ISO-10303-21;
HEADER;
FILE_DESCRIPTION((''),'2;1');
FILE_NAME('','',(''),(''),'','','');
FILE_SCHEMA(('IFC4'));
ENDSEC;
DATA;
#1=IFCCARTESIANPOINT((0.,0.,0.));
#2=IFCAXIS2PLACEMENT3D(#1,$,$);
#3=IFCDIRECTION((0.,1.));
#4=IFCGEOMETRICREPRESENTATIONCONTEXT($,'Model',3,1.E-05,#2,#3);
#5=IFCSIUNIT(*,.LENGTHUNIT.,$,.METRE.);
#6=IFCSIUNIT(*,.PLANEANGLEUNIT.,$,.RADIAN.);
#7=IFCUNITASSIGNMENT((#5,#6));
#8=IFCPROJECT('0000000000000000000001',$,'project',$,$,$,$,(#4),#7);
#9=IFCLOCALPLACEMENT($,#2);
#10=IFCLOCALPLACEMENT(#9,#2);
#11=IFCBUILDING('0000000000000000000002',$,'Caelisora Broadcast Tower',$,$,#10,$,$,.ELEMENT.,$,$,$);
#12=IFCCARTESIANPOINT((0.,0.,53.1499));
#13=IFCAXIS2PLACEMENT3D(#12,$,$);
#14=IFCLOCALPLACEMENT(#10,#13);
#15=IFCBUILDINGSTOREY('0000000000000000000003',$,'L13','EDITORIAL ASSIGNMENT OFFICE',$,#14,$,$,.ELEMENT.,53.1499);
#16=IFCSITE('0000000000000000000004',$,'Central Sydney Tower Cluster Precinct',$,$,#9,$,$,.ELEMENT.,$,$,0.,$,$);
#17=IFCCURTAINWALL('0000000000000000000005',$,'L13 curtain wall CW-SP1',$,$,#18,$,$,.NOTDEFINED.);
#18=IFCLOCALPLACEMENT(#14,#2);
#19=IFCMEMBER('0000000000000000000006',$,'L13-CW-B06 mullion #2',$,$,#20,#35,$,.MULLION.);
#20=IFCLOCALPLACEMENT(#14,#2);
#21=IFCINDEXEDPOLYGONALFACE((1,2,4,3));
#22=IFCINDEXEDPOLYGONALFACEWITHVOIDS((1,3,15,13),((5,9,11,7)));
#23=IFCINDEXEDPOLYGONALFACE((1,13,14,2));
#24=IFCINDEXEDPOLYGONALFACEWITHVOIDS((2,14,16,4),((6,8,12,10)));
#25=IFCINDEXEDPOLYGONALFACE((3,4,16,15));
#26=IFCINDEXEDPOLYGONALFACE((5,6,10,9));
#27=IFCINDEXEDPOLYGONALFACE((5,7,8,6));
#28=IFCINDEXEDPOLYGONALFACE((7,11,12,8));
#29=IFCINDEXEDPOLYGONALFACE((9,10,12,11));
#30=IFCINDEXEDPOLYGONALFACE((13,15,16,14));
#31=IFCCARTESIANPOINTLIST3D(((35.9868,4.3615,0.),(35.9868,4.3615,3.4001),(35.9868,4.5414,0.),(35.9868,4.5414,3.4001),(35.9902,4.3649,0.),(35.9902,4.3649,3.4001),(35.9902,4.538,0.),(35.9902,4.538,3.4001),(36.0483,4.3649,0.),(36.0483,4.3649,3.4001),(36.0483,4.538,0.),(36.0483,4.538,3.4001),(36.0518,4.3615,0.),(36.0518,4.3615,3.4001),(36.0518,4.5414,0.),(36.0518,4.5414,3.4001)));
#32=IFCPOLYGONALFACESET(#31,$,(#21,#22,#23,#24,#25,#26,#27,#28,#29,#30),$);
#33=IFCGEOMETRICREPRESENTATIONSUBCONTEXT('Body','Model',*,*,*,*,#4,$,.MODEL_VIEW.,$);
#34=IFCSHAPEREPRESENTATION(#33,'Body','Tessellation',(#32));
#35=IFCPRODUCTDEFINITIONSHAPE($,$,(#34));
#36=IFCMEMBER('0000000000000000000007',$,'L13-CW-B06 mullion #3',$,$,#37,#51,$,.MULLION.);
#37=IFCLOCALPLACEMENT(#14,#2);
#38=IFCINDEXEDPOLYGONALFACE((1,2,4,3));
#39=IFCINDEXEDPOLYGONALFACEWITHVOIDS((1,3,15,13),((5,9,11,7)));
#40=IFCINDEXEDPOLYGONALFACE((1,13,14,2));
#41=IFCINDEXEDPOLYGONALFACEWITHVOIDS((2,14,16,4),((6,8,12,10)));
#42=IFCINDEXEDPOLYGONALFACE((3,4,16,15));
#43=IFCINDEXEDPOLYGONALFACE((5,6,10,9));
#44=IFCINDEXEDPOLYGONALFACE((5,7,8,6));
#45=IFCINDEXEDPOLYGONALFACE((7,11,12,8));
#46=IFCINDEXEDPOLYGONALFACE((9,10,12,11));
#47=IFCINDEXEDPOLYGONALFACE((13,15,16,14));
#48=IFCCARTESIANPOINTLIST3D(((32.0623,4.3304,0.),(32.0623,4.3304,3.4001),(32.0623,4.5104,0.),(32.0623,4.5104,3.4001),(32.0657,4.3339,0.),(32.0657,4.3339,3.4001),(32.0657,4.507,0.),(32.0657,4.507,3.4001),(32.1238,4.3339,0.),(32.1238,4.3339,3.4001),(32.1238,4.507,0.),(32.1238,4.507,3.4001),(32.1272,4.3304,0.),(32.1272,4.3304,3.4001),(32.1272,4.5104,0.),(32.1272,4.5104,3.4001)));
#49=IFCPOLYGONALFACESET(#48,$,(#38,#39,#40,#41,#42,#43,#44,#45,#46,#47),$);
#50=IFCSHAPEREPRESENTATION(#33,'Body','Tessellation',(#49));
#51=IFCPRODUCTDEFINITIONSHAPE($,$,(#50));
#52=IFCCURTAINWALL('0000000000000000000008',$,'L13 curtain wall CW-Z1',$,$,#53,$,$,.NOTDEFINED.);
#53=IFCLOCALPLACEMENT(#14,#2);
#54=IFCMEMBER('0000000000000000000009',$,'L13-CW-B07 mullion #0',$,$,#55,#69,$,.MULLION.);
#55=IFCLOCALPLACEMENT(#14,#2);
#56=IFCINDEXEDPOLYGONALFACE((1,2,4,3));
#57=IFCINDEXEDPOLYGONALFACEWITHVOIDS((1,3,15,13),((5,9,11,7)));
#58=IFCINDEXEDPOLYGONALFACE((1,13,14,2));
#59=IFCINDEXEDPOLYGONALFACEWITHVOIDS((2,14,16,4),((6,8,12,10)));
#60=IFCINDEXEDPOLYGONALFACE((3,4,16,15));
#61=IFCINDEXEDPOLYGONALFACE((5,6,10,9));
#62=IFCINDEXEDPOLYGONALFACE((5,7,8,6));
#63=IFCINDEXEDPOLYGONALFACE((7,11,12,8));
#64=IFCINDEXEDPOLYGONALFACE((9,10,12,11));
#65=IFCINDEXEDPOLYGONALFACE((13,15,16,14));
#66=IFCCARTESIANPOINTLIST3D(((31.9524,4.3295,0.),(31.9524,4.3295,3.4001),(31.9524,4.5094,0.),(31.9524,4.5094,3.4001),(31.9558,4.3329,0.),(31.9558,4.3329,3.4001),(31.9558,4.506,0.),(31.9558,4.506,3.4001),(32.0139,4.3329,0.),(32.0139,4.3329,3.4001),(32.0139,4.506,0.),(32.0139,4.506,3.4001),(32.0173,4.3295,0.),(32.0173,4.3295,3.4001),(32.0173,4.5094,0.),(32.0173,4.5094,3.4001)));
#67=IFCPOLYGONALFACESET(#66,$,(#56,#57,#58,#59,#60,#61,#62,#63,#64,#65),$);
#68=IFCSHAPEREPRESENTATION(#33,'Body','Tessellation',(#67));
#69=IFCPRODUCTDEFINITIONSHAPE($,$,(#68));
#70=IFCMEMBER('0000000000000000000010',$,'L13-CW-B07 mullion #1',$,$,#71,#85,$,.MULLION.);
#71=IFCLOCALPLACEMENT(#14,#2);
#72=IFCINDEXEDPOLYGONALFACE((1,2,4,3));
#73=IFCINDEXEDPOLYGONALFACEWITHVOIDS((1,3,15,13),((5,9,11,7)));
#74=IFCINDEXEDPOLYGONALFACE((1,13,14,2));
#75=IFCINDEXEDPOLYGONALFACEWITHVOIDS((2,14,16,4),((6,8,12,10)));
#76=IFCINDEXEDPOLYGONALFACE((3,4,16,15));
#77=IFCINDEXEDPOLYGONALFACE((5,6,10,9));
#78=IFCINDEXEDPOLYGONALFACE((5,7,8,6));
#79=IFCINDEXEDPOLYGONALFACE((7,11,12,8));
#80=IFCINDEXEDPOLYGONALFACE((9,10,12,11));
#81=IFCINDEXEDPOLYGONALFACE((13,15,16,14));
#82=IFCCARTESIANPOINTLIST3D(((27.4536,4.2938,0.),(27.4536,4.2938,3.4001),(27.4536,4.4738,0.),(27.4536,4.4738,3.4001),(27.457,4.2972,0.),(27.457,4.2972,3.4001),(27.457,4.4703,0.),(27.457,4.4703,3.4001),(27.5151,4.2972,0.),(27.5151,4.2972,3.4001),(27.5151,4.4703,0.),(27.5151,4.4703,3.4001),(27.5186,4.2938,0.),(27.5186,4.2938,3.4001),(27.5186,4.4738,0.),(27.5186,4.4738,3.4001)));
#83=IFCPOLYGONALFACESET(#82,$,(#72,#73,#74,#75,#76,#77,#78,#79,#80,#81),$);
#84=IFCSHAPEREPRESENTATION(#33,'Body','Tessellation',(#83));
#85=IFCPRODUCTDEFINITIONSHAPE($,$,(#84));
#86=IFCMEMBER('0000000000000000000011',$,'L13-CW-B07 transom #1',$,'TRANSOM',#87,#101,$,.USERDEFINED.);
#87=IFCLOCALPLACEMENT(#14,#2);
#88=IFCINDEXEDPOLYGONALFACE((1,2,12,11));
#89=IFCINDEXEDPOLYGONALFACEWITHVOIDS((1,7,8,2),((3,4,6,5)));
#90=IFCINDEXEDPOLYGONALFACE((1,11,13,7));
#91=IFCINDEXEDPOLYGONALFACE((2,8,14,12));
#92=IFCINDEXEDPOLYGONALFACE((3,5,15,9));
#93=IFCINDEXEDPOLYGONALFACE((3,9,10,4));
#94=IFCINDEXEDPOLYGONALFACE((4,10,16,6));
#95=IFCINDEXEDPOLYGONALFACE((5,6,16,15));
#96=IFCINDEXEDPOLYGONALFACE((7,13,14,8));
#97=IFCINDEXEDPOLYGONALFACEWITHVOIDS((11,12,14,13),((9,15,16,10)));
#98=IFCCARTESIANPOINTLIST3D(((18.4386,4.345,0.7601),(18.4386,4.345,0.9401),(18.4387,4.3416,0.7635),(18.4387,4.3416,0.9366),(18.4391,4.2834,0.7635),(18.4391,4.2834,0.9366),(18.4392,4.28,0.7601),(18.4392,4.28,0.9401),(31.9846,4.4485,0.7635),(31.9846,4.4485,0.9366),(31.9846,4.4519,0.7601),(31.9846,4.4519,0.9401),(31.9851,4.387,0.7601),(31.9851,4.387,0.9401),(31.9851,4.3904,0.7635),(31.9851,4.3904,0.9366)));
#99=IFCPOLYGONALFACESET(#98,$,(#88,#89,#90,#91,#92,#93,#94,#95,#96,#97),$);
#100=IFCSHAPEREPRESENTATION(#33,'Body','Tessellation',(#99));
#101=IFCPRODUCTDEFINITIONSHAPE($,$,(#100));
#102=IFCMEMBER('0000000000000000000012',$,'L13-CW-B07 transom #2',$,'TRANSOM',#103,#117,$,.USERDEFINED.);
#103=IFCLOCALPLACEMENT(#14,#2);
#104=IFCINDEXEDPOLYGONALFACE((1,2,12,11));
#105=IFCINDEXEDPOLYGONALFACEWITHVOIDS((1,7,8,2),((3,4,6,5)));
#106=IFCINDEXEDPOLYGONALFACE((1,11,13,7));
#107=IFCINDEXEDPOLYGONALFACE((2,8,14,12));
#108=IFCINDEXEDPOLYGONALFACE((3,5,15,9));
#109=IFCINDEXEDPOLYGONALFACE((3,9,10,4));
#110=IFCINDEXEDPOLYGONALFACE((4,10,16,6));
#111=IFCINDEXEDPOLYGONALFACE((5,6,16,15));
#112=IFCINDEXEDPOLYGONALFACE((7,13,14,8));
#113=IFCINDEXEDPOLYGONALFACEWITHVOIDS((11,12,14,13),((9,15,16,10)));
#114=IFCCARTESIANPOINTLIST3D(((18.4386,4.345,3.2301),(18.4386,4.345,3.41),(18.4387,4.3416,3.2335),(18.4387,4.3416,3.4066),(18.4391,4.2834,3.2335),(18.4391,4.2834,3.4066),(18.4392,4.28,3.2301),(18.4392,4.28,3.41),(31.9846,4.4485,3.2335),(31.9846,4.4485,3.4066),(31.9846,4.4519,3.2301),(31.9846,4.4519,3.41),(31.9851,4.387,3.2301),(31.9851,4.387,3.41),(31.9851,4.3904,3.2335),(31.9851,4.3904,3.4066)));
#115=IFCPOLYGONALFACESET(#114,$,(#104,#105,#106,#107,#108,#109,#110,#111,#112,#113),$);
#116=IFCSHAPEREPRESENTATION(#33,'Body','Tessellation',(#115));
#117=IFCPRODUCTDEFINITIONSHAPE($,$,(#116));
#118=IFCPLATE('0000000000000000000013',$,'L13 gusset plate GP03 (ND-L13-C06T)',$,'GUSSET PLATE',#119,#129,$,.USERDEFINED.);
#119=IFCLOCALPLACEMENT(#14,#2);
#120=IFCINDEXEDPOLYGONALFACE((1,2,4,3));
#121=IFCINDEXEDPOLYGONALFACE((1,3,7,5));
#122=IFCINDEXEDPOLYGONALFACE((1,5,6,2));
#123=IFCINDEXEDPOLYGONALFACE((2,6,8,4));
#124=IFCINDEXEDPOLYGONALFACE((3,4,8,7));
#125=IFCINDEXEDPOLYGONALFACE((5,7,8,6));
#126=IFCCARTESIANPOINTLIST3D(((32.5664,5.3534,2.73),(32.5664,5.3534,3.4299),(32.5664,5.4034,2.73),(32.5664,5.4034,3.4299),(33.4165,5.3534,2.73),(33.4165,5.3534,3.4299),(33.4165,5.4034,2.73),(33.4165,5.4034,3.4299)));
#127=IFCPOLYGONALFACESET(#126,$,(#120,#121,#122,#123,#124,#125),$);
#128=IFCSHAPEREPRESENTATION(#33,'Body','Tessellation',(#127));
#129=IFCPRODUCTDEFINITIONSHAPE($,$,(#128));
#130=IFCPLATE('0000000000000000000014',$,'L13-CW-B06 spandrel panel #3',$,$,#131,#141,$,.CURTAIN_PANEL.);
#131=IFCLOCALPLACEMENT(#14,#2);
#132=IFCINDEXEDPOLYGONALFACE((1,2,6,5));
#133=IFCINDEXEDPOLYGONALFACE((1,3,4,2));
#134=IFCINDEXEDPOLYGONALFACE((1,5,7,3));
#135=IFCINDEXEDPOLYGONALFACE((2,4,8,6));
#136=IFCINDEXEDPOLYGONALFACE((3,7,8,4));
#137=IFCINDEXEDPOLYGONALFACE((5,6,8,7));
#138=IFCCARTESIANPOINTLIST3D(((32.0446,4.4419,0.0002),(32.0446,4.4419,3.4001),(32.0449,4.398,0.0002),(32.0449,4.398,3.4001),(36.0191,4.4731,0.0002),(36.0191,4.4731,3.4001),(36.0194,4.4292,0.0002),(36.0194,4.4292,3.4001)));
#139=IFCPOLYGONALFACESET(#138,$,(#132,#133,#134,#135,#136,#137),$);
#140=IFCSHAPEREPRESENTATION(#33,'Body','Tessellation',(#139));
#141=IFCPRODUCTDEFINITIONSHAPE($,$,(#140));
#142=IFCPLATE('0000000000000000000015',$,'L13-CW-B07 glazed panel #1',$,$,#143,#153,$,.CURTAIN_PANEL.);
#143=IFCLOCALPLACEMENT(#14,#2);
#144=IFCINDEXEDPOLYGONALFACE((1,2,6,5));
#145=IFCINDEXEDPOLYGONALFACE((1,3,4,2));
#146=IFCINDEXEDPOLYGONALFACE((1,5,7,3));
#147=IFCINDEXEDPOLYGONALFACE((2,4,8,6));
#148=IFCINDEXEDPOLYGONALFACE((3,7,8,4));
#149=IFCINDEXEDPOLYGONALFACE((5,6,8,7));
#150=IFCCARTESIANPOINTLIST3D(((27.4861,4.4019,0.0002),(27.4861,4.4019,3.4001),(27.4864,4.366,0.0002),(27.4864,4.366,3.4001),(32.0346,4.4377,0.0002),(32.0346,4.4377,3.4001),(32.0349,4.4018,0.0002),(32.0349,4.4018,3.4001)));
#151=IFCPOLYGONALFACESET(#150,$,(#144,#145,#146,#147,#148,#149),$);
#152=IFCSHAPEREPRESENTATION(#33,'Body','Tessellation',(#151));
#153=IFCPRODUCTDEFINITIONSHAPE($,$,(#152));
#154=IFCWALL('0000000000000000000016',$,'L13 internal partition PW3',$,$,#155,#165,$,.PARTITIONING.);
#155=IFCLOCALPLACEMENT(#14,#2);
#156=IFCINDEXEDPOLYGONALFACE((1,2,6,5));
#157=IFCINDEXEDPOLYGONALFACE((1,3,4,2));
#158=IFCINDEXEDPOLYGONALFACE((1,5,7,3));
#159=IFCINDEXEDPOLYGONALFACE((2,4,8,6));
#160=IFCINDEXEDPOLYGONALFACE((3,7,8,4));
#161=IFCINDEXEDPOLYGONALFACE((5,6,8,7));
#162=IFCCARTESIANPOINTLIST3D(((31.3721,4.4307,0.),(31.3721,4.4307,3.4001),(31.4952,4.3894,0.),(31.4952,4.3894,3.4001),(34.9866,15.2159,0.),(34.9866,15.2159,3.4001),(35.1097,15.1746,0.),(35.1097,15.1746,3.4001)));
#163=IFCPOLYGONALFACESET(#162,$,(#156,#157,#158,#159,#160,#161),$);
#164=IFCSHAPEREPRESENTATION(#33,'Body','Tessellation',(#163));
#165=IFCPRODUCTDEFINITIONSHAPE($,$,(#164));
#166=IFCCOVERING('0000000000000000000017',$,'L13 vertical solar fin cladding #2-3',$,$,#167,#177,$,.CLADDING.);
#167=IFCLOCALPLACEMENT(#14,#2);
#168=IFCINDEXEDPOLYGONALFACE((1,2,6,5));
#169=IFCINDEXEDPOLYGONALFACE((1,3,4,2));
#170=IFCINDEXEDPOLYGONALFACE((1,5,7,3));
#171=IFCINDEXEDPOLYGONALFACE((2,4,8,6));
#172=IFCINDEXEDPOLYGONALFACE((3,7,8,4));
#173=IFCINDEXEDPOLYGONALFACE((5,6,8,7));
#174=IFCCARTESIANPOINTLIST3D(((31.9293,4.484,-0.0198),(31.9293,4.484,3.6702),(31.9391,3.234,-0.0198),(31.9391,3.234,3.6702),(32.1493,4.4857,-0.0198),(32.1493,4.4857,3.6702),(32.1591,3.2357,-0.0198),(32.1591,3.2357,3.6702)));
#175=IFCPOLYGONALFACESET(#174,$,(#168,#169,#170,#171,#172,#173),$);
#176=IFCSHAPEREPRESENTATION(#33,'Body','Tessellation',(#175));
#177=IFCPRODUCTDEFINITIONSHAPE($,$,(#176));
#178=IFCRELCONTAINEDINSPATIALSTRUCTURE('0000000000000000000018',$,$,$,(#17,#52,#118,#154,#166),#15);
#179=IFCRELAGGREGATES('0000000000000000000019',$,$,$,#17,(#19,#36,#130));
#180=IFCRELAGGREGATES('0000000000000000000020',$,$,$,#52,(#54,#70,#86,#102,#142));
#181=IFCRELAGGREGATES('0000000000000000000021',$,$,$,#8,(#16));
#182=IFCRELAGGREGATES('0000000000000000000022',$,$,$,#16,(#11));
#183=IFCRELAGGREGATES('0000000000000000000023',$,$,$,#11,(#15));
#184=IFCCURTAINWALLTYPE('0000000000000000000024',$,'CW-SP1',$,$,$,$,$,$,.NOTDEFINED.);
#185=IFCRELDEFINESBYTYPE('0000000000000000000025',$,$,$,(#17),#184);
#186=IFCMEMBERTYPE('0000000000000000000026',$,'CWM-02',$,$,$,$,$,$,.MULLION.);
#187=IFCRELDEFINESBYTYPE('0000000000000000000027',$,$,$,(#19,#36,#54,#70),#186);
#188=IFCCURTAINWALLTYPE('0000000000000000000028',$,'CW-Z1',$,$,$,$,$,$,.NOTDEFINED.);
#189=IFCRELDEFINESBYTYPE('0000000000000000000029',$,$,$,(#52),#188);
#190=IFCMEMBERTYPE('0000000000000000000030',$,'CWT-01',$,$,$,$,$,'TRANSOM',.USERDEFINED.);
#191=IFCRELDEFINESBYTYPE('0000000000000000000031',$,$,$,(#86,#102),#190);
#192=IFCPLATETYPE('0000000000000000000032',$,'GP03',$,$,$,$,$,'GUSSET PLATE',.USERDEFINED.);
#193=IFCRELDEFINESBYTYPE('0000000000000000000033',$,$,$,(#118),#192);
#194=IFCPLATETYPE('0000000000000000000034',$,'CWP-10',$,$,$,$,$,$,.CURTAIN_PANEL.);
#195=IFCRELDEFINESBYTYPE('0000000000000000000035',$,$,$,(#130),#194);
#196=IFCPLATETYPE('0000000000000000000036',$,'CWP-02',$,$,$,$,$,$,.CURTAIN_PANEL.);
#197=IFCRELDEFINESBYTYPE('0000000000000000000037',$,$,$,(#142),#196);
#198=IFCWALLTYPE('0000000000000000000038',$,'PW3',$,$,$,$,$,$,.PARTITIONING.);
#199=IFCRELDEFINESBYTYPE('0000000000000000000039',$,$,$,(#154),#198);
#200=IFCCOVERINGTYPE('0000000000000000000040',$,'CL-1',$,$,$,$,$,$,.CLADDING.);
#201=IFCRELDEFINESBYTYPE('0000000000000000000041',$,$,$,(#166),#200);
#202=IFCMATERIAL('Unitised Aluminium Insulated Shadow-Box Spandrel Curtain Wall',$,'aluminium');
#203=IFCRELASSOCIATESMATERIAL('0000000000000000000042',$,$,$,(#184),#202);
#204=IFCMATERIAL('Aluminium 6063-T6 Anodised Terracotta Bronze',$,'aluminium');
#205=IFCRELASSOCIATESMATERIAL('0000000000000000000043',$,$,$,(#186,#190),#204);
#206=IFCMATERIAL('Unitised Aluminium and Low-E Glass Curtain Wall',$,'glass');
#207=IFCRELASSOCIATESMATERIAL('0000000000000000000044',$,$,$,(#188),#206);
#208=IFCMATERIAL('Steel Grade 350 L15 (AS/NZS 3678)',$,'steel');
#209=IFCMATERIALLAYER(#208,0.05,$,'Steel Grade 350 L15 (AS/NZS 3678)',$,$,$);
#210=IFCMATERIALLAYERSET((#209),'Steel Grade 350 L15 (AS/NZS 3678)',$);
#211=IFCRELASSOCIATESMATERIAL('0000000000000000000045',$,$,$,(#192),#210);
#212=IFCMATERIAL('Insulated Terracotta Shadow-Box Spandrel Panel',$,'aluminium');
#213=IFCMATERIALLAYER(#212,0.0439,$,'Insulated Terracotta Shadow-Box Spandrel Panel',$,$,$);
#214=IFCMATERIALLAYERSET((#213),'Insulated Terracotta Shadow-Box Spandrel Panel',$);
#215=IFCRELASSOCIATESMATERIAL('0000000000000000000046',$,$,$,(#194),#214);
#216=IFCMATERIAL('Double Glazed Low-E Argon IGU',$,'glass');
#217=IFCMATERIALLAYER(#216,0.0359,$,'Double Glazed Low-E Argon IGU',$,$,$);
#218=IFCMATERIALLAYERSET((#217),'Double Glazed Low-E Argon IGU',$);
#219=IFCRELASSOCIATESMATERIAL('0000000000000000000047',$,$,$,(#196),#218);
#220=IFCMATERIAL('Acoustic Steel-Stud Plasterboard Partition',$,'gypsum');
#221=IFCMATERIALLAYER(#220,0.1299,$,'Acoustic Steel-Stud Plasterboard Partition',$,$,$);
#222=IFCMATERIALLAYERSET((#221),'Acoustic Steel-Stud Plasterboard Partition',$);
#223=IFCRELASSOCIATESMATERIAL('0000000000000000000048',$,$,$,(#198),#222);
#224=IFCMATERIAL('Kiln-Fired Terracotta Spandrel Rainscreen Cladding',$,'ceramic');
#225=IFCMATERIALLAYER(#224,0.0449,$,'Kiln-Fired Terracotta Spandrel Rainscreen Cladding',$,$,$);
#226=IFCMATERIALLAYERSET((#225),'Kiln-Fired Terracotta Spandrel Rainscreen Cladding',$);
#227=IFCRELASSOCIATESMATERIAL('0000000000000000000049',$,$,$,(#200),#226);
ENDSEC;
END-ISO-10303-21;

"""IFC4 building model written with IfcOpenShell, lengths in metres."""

from ifc_helpers import new_model, si_unit, direction, frame, frame_2d, origin, origin_2d, place, context, subcontext, project, spatial, rectangle, hollow_rectangle, extrude, source, transform, mapped, material, layer, layer_set, material_profile, profile_set, type_object, type_shapes, element, aggregate, save


model = new_model("IFC4")

# Units and contexts
model_context = context("Model", 3, precision=1e-05, world=origin(), true_north=direction((0.0, 1.0)))
body_context = subcontext(model_context, "Body", "Model", "MODEL_VIEW")
ifc_project = project(units=[si_unit("LENGTHUNIT", "METRE"), si_unit("PLANEANGLEUNIT", "RADIAN")], contexts=[model_context])

# Site, building, storey
site_placement = place(None, origin())
site = spatial("IfcSite", under=ifc_project, at=site_placement, Name="Central Sydney Tower Cluster Precinct", CompositionType="ELEMENT", RefElevation=0.0)
building_placement = place(site_placement, origin())
building = spatial("IfcBuilding", under=site, at=building_placement, Name="Caelisora Broadcast Tower", CompositionType="ELEMENT")
storey_placement = place(building_placement, frame((0.0, 0.0, 53.1499)))
storey = spatial("IfcBuildingStorey", under=building, at=storey_placement, Name="L13", Description="EDITORIAL ASSIGNMENT OFFICE", CompositionType="ELEMENT", Elevation=53.1499)

# Shared definitions
ifc_material_1 = material(Name="Steel Grade 350 L15 (AS/NZS 3678)", Category="steel")

# Curtain walls, members
ifc_material_2 = material(Name="Unitised Aluminium Insulated Shadow-Box Spandrel Curtain Wall", Category="aluminium")
curtain_wall_type_1 = type_object("IfcCurtainWallType", Name="CW-SP1", PredefinedType="NOTDEFINED", material=ifc_material_2)
curtain_wall_1_placement = place(storey_placement, origin())
curtain_wall_1 = element("IfcCurtainWall", 1, at=curtain_wall_1_placement, inside=storey, type_object=curtain_wall_type_1, Name="L13 curtain wall CW-SP1", PredefinedType="NOTDEFINED")
ifc_material_3 = material(Name="Aluminium 6063-T6 Anodised Terracotta Bronze", Category="aluminium")
ifc_material_profile_1 = material_profile(ifc_material_3, hollow_rectangle(XDim=0.0649, YDim=0.1799, WallThickness=0.0034, at=origin_2d()), Name="Aluminium 6063-T6 Anodised Terracotta Bronze")
ifc_profile_set_1 = profile_set([ifc_material_profile_1], Name="Aluminium 6063-T6 Anodised Terracotta Bronze")
member_type_1 = type_object("IfcMemberType", Name="CWM-02", PredefinedType="MULLION", material=ifc_profile_set_1)
shared_shape_1 = source(origin(), body_context, "Body", "SweptSolid", [
    extrude(hollow_rectangle(XDim=0.0649, YDim=0.1799, WallThickness=0.0034, at=origin_2d()), origin(), (0.0, 0.0, 1.0), 3.4001),
])
type_shapes(member_type_1, [shared_shape_1])
member_1_placement = place(storey_placement, frame((36.0193, 4.4514, 0.0), z_axis=(0.0, 0.0, 1.0), x_axis=(1.0, 0.0, 0.0)))
member_1 = element("IfcMember", 2, at=member_1_placement, type_object=member_type_1, Name="L13-CW-B06 mullion #2", PredefinedType="MULLION", context=body_context, shape_type="MappedRepresentation", body=[
    mapped(shared_shape_1, transform((0.0, 0.0, 0.0), scale=1.0)),
])
member_2_placement = place(storey_placement, frame((32.0947, 4.4204, 0.0), z_axis=(0.0, 0.0, 1.0), x_axis=(1.0, 0.0, 0.0)))
member_2 = element("IfcMember", 3, at=member_2_placement, type_object=member_type_1, Name="L13-CW-B06 mullion #3", PredefinedType="MULLION", context=body_context, shape_type="MappedRepresentation", body=[
    mapped(shared_shape_1, transform((0.0, 0.0, 0.0), scale=1.0)),
])
ifc_material_4 = material(Name="Unitised Aluminium and Low-E Glass Curtain Wall", Category="glass")
curtain_wall_type_2 = type_object("IfcCurtainWallType", Name="CW-Z1", PredefinedType="NOTDEFINED", material=ifc_material_4)
curtain_wall_2_placement = place(storey_placement, origin())
curtain_wall_2 = element("IfcCurtainWall", 4, at=curtain_wall_2_placement, inside=storey, type_object=curtain_wall_type_2, Name="L13 curtain wall CW-Z1", PredefinedType="NOTDEFINED")
member_3_placement = place(storey_placement, frame((31.9849, 4.4194, 0.0), z_axis=(0.0, 0.0, 1.0), x_axis=(1.0, 0.0, 0.0)))
member_3 = element("IfcMember", 5, at=member_3_placement, type_object=member_type_1, Name="L13-CW-B07 mullion #0", PredefinedType="MULLION", context=body_context, shape_type="MappedRepresentation", body=[
    mapped(shared_shape_1, transform((0.0, 0.0, 0.0), scale=1.0)),
])
member_4_placement = place(storey_placement, frame((27.4861, 4.3838, 0.0), z_axis=(0.0, 0.0, 1.0), x_axis=(1.0, 0.0, 0.0)))
member_4 = element("IfcMember", 6, at=member_4_placement, type_object=member_type_1, Name="L13-CW-B07 mullion #1", PredefinedType="MULLION", context=body_context, shape_type="MappedRepresentation", body=[
    mapped(shared_shape_1, transform((0.0, 0.0, 0.0), scale=1.0)),
])
ifc_material_profile_2 = material_profile(ifc_material_3, hollow_rectangle(XDim=0.0649, YDim=0.1799, WallThickness=0.0034, at=origin_2d()), Name="Aluminium 6063-T6 Anodised Terracotta Bronze")
ifc_profile_set_2 = profile_set([ifc_material_profile_2], Name="Aluminium 6063-T6 Anodised Terracotta Bronze")
member_type_2 = type_object("IfcMemberType", Name="CWT-01", ElementType="TRANSOM", PredefinedType="USERDEFINED", material=ifc_profile_set_2)
shared_shape_2 = source(origin(), body_context, "Body", "SweptSolid", [
    extrude(hollow_rectangle(XDim=0.0649, YDim=0.1799, WallThickness=0.0034, at=origin_2d()), origin(), (0.0, 0.0, 1.0), 13.5464),
])
type_shapes(member_type_2, [shared_shape_2])
member_5_placement = place(storey_placement, frame((31.9849, 4.4194, 0.8501), z_axis=(-0.999969, -0.007894, 0.0), x_axis=(0.007894, -0.999969, 0.0)))
member_5 = element("IfcMember", 7, at=member_5_placement, type_object=member_type_2, Name="L13-CW-B07 transom #1", ObjectType="TRANSOM", PredefinedType="USERDEFINED", context=body_context, shape_type="MappedRepresentation", body=[
    mapped(shared_shape_2, transform((0.0, 0.0, 0.0), scale=1.0)),
])
member_6_placement = place(storey_placement, frame((31.9849, 4.4194, 3.3201), z_axis=(-0.999969, -0.007894, 0.0), x_axis=(0.007894, -0.999969, 0.0)))
member_6 = element("IfcMember", 8, at=member_6_placement, type_object=member_type_2, Name="L13-CW-B07 transom #2", ObjectType="TRANSOM", PredefinedType="USERDEFINED", context=body_context, shape_type="MappedRepresentation", body=[
    mapped(shared_shape_2, transform((0.0, 0.0, 0.0), scale=1.0)),
])

# Plates
ifc_layer_1 = layer(ifc_material_1, 0.05, Name="Steel Grade 350 L15 (AS/NZS 3678)")
ifc_layer_set_1 = layer_set([ifc_layer_1], Name="Steel Grade 350 L15 (AS/NZS 3678)")
plate_type_1 = type_object("IfcPlateType", Name="GP03", ElementType="GUSSET PLATE", PredefinedType="USERDEFINED", material=ifc_layer_set_1)
shared_shape_3 = source(origin(), body_context, "Body", "SweptSolid", [
    extrude(rectangle(XDim=0.8501, YDim=0.05, at=origin_2d()), origin(), (0.0, 0.0, 1.0), 0.7),
])
type_shapes(plate_type_1, [shared_shape_3])
plate_1_placement = place(storey_placement, frame((32.9915, 5.3784, 2.73), z_axis=(0.0, 0.0, 1.0), x_axis=(1.0, 0.0, 0.0)))
element("IfcPlate", 9, at=plate_1_placement, inside=storey, type_object=plate_type_1, Name="L13 gusset plate GP03 (ND-L13-C06T)", ObjectType="GUSSET PLATE", PredefinedType="USERDEFINED", context=body_context, shape_type="MappedRepresentation", body=[
    mapped(shared_shape_3, transform((0.0, 0.0, 0.0), scale=1.0)),
])
ifc_material_5 = material(Name="Insulated Terracotta Shadow-Box Spandrel Panel", Category="aluminium")
ifc_layer_2 = layer(ifc_material_5, 0.0439, Name="Insulated Terracotta Shadow-Box Spandrel Panel")
ifc_layer_set_2 = layer_set([ifc_layer_2], Name="Insulated Terracotta Shadow-Box Spandrel Panel")
plate_type_2 = type_object("IfcPlateType", Name="CWP-10", PredefinedType="CURTAIN_PANEL", material=ifc_layer_set_2)
shared_shape_4 = source(origin(), body_context, "Body", "SweptSolid", [
    extrude(rectangle(XDim=3.9746, YDim=0.0439, at=origin_2d()), origin(), (0.0, 0.0, 1.0), 3.3999),
])
type_shapes(plate_type_2, [shared_shape_4])
plate_2_placement = place(storey_placement, frame((34.032, 4.4355, 0.0002), z_axis=(0.0, 0.0, 1.0), x_axis=(-0.999969, -0.007854, 0.0)))
plate_2 = element("IfcPlate", 10, at=plate_2_placement, type_object=plate_type_2, Name="L13-CW-B06 spandrel panel #3", PredefinedType="CURTAIN_PANEL", context=body_context, shape_type="MappedRepresentation", body=[
    mapped(shared_shape_4, transform((0.0, 0.0, 0.0), scale=1.0)),
])
aggregate(curtain_wall_1, [member_1, member_2, plate_2])
ifc_material_6 = material(Name="Double Glazed Low-E Argon IGU", Category="glass")
ifc_layer_3 = layer(ifc_material_6, 0.0359, Name="Double Glazed Low-E Argon IGU")
ifc_layer_set_3 = layer_set([ifc_layer_3], Name="Double Glazed Low-E Argon IGU")
plate_type_3 = type_object("IfcPlateType", Name="CWP-02", PredefinedType="CURTAIN_PANEL", material=ifc_layer_set_3)
shared_shape_5 = source(origin(), body_context, "Body", "SweptSolid", [
    extrude(rectangle(XDim=4.5486, YDim=0.0359, at=origin_2d()), origin(), (0.0, 0.0, 1.0), 3.3999),
])
type_shapes(plate_type_3, [shared_shape_5])
plate_3_placement = place(storey_placement, frame((29.7605, 4.4019, 0.0002), z_axis=(0.0, 0.0, 1.0), x_axis=(-0.999969, -0.007854, 0.0)))
plate_3 = element("IfcPlate", 11, at=plate_3_placement, type_object=plate_type_3, Name="L13-CW-B07 glazed panel #1", PredefinedType="CURTAIN_PANEL", context=body_context, shape_type="MappedRepresentation", body=[
    mapped(shared_shape_5, transform((0.0, 0.0, 0.0), scale=1.0)),
])
aggregate(curtain_wall_2, [member_3, member_4, member_5, member_6, plate_3])

# Wall
ifc_material_7 = material(Name="Acoustic Steel-Stud Plasterboard Partition", Category="gypsum")
ifc_layer_4 = layer(ifc_material_7, 0.1299, Name="Acoustic Steel-Stud Plasterboard Partition")
ifc_layer_set_4 = layer_set([ifc_layer_4], Name="Acoustic Steel-Stud Plasterboard Partition")
wall_type = type_object("IfcWallType", Name="PW3", PredefinedType="PARTITIONING", material=ifc_layer_set_4)
wall_placement = place(storey_placement, frame((31.4336, 4.4099, 0.0), z_axis=(0.0, 0.0, 1.0), x_axis=(0.317766, 0.948169, 0.0)))
element("IfcWall", 12, at=wall_placement, inside=storey, type_object=wall_type, Name="L13 internal partition PW3", PredefinedType="PARTITIONING", context=body_context, shape_type="SweptSolid", body=[
    extrude(rectangle(XDim=11.3748, YDim=0.1299, at=frame_2d((5.6875, 0.0))), origin(), (0.0, 0.0, 1.0), 3.4001),
])

# Covering
ifc_material_8 = material(Name="Kiln-Fired Terracotta Spandrel Rainscreen Cladding", Category="ceramic")
ifc_layer_5 = layer(ifc_material_8, 0.0449, Name="Kiln-Fired Terracotta Spandrel Rainscreen Cladding")
ifc_layer_set_5 = layer_set([ifc_layer_5], Name="Kiln-Fired Terracotta Spandrel Rainscreen Cladding")
covering_type = type_object("IfcCoveringType", Name="CL-1", PredefinedType="CLADDING", material=ifc_layer_set_5)
shared_shape_6 = source(origin(), body_context, "Body", "SweptSolid", [
    extrude(rectangle(XDim=0.22, YDim=1.25, at=origin_2d()), origin(), (0.0, 0.0, 1.0), 3.6899),
])
type_shapes(covering_type, [shared_shape_6])
covering_placement = place(storey_placement, frame((32.0442, 3.8599, -0.0198), z_axis=(0.0, 0.0, 1.0), x_axis=(-0.999969, -0.007854, 0.0)))
element("IfcCovering", 13, at=covering_placement, inside=storey, type_object=covering_type, Name="L13 vertical solar fin cladding #2-3", PredefinedType="CLADDING", context=body_context, shape_type="MappedRepresentation", body=[
    mapped(shared_shape_6, transform((0.0, 0.0, 0.0), scale=1.0)),
])

save(model, "model.ifc")
